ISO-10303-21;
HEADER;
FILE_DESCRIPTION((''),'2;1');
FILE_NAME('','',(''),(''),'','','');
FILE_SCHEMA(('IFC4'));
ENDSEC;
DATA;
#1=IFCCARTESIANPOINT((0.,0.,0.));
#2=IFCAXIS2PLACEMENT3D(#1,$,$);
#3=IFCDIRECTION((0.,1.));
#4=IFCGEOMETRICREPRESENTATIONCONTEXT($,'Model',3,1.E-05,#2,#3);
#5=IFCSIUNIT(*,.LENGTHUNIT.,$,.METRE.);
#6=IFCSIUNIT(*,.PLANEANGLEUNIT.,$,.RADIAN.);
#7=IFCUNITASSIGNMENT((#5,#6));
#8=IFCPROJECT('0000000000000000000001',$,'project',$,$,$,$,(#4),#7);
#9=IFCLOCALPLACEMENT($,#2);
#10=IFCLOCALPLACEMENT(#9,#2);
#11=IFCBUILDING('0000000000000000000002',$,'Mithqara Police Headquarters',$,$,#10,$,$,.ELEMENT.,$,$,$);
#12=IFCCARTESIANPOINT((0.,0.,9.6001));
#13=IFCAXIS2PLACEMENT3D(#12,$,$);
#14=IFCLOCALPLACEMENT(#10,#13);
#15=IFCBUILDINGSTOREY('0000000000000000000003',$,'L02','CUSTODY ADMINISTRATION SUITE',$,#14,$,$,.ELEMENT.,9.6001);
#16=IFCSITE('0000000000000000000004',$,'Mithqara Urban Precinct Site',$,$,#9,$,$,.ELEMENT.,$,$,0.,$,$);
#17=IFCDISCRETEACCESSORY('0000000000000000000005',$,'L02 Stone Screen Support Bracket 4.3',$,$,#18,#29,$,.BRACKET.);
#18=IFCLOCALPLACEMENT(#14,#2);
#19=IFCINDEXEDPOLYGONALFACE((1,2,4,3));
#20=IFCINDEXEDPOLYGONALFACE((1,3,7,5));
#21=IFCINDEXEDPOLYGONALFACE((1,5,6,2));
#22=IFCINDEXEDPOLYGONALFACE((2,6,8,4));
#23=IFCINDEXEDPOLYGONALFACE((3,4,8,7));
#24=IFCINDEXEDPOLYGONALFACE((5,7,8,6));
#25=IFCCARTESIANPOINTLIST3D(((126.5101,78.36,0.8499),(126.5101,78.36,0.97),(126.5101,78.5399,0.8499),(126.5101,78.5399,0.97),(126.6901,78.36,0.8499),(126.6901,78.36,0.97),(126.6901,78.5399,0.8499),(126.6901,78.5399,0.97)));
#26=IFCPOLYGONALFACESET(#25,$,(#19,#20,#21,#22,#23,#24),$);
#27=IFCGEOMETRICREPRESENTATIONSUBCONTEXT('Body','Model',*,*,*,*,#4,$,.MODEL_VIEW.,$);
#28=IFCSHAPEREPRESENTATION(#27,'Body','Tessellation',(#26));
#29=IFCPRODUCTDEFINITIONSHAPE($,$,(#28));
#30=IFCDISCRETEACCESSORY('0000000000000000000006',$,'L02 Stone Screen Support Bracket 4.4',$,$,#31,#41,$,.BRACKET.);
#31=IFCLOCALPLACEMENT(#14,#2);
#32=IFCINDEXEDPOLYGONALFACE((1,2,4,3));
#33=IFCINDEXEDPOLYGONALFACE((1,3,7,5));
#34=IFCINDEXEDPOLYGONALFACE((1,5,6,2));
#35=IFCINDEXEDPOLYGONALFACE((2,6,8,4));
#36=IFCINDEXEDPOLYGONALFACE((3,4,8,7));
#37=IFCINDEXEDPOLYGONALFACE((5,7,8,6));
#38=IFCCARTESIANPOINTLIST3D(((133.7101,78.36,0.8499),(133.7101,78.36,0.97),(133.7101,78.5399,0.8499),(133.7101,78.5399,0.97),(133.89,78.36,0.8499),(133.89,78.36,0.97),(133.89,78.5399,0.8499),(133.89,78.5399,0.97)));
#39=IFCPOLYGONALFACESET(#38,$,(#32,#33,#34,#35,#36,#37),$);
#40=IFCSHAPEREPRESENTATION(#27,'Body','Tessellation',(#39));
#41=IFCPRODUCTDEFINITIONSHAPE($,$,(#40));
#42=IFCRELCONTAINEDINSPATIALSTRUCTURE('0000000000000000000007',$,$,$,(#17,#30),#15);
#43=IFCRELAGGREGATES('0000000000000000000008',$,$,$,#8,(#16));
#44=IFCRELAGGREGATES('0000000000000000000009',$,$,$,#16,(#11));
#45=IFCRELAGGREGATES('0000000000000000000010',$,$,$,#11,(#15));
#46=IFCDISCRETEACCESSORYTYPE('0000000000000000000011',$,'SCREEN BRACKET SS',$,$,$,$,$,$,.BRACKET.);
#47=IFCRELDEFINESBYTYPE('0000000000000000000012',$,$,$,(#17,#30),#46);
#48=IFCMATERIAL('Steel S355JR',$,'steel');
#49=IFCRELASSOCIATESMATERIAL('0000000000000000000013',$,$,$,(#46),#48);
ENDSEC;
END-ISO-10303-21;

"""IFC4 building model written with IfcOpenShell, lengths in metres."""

from ifc_helpers import new_model, si_unit, direction, frame, origin, origin_2d, place, context, subcontext, project, spatial, rectangle, extrude, material, type_object, element, save


model = new_model("IFC4")

# Units and contexts
model_context = context("Model", 3, precision=1e-05, world=origin(), true_north=direction((0.0, 1.0)))
body_context = subcontext(model_context, "Body", "Model", "MODEL_VIEW")
ifc_project = project(units=[si_unit("LENGTHUNIT", "METRE"), si_unit("PLANEANGLEUNIT", "RADIAN")], contexts=[model_context])

# Site, building, storey
site_placement = place(None, origin())
site = spatial("IfcSite", under=ifc_project, at=site_placement, Name="Mithqara Urban Precinct Site", CompositionType="ELEMENT", RefElevation=0.0)
building_placement = place(site_placement, origin())
building = spatial("IfcBuilding", under=site, at=building_placement, Name="Mithqara Police Headquarters", CompositionType="ELEMENT")
storey_placement = place(building_placement, frame((0.0, 0.0, 9.6001)))
storey = spatial("IfcBuildingStorey", under=building, at=storey_placement, Name="L02", Description="CUSTODY ADMINISTRATION SUITE", CompositionType="ELEMENT", Elevation=9.6001)

# Shared definitions
ifc_material_1 = material(Name="Steel S355JR", Category="steel")

# Discrete accessories
discrete_accessory_type = type_object("IfcDiscreteAccessoryType", Name="SCREEN BRACKET SS", PredefinedType="BRACKET", material=ifc_material_1)
for number, where, z_axis, x_axis, name in (
    (1, (126.6001, 78.45, 0.8499), (0.0, 0.0, 1.0), (1.0, 0.0, 0.0), "L02 Stone Screen Support Bracket 4.3"),
    (2, (133.8, 78.45, 0.8499), (0.0, 0.0, 1.0), (1.0, 0.0, 0.0), "L02 Stone Screen Support Bracket 4.4"),
):
    element("IfcDiscreteAccessory", number, at=place(storey_placement, frame(where, z_axis=z_axis, x_axis=x_axis)), inside=storey, type_object=discrete_accessory_type, Name=name, PredefinedType="BRACKET", context=body_context, shape_type="SweptSolid", body=[
        extrude(rectangle(XDim=0.1799, YDim=0.1799, at=origin_2d()), origin(), (0.0, 0.0, 1.0), 0.1201),
    ])

save(model, "model.ifc")
